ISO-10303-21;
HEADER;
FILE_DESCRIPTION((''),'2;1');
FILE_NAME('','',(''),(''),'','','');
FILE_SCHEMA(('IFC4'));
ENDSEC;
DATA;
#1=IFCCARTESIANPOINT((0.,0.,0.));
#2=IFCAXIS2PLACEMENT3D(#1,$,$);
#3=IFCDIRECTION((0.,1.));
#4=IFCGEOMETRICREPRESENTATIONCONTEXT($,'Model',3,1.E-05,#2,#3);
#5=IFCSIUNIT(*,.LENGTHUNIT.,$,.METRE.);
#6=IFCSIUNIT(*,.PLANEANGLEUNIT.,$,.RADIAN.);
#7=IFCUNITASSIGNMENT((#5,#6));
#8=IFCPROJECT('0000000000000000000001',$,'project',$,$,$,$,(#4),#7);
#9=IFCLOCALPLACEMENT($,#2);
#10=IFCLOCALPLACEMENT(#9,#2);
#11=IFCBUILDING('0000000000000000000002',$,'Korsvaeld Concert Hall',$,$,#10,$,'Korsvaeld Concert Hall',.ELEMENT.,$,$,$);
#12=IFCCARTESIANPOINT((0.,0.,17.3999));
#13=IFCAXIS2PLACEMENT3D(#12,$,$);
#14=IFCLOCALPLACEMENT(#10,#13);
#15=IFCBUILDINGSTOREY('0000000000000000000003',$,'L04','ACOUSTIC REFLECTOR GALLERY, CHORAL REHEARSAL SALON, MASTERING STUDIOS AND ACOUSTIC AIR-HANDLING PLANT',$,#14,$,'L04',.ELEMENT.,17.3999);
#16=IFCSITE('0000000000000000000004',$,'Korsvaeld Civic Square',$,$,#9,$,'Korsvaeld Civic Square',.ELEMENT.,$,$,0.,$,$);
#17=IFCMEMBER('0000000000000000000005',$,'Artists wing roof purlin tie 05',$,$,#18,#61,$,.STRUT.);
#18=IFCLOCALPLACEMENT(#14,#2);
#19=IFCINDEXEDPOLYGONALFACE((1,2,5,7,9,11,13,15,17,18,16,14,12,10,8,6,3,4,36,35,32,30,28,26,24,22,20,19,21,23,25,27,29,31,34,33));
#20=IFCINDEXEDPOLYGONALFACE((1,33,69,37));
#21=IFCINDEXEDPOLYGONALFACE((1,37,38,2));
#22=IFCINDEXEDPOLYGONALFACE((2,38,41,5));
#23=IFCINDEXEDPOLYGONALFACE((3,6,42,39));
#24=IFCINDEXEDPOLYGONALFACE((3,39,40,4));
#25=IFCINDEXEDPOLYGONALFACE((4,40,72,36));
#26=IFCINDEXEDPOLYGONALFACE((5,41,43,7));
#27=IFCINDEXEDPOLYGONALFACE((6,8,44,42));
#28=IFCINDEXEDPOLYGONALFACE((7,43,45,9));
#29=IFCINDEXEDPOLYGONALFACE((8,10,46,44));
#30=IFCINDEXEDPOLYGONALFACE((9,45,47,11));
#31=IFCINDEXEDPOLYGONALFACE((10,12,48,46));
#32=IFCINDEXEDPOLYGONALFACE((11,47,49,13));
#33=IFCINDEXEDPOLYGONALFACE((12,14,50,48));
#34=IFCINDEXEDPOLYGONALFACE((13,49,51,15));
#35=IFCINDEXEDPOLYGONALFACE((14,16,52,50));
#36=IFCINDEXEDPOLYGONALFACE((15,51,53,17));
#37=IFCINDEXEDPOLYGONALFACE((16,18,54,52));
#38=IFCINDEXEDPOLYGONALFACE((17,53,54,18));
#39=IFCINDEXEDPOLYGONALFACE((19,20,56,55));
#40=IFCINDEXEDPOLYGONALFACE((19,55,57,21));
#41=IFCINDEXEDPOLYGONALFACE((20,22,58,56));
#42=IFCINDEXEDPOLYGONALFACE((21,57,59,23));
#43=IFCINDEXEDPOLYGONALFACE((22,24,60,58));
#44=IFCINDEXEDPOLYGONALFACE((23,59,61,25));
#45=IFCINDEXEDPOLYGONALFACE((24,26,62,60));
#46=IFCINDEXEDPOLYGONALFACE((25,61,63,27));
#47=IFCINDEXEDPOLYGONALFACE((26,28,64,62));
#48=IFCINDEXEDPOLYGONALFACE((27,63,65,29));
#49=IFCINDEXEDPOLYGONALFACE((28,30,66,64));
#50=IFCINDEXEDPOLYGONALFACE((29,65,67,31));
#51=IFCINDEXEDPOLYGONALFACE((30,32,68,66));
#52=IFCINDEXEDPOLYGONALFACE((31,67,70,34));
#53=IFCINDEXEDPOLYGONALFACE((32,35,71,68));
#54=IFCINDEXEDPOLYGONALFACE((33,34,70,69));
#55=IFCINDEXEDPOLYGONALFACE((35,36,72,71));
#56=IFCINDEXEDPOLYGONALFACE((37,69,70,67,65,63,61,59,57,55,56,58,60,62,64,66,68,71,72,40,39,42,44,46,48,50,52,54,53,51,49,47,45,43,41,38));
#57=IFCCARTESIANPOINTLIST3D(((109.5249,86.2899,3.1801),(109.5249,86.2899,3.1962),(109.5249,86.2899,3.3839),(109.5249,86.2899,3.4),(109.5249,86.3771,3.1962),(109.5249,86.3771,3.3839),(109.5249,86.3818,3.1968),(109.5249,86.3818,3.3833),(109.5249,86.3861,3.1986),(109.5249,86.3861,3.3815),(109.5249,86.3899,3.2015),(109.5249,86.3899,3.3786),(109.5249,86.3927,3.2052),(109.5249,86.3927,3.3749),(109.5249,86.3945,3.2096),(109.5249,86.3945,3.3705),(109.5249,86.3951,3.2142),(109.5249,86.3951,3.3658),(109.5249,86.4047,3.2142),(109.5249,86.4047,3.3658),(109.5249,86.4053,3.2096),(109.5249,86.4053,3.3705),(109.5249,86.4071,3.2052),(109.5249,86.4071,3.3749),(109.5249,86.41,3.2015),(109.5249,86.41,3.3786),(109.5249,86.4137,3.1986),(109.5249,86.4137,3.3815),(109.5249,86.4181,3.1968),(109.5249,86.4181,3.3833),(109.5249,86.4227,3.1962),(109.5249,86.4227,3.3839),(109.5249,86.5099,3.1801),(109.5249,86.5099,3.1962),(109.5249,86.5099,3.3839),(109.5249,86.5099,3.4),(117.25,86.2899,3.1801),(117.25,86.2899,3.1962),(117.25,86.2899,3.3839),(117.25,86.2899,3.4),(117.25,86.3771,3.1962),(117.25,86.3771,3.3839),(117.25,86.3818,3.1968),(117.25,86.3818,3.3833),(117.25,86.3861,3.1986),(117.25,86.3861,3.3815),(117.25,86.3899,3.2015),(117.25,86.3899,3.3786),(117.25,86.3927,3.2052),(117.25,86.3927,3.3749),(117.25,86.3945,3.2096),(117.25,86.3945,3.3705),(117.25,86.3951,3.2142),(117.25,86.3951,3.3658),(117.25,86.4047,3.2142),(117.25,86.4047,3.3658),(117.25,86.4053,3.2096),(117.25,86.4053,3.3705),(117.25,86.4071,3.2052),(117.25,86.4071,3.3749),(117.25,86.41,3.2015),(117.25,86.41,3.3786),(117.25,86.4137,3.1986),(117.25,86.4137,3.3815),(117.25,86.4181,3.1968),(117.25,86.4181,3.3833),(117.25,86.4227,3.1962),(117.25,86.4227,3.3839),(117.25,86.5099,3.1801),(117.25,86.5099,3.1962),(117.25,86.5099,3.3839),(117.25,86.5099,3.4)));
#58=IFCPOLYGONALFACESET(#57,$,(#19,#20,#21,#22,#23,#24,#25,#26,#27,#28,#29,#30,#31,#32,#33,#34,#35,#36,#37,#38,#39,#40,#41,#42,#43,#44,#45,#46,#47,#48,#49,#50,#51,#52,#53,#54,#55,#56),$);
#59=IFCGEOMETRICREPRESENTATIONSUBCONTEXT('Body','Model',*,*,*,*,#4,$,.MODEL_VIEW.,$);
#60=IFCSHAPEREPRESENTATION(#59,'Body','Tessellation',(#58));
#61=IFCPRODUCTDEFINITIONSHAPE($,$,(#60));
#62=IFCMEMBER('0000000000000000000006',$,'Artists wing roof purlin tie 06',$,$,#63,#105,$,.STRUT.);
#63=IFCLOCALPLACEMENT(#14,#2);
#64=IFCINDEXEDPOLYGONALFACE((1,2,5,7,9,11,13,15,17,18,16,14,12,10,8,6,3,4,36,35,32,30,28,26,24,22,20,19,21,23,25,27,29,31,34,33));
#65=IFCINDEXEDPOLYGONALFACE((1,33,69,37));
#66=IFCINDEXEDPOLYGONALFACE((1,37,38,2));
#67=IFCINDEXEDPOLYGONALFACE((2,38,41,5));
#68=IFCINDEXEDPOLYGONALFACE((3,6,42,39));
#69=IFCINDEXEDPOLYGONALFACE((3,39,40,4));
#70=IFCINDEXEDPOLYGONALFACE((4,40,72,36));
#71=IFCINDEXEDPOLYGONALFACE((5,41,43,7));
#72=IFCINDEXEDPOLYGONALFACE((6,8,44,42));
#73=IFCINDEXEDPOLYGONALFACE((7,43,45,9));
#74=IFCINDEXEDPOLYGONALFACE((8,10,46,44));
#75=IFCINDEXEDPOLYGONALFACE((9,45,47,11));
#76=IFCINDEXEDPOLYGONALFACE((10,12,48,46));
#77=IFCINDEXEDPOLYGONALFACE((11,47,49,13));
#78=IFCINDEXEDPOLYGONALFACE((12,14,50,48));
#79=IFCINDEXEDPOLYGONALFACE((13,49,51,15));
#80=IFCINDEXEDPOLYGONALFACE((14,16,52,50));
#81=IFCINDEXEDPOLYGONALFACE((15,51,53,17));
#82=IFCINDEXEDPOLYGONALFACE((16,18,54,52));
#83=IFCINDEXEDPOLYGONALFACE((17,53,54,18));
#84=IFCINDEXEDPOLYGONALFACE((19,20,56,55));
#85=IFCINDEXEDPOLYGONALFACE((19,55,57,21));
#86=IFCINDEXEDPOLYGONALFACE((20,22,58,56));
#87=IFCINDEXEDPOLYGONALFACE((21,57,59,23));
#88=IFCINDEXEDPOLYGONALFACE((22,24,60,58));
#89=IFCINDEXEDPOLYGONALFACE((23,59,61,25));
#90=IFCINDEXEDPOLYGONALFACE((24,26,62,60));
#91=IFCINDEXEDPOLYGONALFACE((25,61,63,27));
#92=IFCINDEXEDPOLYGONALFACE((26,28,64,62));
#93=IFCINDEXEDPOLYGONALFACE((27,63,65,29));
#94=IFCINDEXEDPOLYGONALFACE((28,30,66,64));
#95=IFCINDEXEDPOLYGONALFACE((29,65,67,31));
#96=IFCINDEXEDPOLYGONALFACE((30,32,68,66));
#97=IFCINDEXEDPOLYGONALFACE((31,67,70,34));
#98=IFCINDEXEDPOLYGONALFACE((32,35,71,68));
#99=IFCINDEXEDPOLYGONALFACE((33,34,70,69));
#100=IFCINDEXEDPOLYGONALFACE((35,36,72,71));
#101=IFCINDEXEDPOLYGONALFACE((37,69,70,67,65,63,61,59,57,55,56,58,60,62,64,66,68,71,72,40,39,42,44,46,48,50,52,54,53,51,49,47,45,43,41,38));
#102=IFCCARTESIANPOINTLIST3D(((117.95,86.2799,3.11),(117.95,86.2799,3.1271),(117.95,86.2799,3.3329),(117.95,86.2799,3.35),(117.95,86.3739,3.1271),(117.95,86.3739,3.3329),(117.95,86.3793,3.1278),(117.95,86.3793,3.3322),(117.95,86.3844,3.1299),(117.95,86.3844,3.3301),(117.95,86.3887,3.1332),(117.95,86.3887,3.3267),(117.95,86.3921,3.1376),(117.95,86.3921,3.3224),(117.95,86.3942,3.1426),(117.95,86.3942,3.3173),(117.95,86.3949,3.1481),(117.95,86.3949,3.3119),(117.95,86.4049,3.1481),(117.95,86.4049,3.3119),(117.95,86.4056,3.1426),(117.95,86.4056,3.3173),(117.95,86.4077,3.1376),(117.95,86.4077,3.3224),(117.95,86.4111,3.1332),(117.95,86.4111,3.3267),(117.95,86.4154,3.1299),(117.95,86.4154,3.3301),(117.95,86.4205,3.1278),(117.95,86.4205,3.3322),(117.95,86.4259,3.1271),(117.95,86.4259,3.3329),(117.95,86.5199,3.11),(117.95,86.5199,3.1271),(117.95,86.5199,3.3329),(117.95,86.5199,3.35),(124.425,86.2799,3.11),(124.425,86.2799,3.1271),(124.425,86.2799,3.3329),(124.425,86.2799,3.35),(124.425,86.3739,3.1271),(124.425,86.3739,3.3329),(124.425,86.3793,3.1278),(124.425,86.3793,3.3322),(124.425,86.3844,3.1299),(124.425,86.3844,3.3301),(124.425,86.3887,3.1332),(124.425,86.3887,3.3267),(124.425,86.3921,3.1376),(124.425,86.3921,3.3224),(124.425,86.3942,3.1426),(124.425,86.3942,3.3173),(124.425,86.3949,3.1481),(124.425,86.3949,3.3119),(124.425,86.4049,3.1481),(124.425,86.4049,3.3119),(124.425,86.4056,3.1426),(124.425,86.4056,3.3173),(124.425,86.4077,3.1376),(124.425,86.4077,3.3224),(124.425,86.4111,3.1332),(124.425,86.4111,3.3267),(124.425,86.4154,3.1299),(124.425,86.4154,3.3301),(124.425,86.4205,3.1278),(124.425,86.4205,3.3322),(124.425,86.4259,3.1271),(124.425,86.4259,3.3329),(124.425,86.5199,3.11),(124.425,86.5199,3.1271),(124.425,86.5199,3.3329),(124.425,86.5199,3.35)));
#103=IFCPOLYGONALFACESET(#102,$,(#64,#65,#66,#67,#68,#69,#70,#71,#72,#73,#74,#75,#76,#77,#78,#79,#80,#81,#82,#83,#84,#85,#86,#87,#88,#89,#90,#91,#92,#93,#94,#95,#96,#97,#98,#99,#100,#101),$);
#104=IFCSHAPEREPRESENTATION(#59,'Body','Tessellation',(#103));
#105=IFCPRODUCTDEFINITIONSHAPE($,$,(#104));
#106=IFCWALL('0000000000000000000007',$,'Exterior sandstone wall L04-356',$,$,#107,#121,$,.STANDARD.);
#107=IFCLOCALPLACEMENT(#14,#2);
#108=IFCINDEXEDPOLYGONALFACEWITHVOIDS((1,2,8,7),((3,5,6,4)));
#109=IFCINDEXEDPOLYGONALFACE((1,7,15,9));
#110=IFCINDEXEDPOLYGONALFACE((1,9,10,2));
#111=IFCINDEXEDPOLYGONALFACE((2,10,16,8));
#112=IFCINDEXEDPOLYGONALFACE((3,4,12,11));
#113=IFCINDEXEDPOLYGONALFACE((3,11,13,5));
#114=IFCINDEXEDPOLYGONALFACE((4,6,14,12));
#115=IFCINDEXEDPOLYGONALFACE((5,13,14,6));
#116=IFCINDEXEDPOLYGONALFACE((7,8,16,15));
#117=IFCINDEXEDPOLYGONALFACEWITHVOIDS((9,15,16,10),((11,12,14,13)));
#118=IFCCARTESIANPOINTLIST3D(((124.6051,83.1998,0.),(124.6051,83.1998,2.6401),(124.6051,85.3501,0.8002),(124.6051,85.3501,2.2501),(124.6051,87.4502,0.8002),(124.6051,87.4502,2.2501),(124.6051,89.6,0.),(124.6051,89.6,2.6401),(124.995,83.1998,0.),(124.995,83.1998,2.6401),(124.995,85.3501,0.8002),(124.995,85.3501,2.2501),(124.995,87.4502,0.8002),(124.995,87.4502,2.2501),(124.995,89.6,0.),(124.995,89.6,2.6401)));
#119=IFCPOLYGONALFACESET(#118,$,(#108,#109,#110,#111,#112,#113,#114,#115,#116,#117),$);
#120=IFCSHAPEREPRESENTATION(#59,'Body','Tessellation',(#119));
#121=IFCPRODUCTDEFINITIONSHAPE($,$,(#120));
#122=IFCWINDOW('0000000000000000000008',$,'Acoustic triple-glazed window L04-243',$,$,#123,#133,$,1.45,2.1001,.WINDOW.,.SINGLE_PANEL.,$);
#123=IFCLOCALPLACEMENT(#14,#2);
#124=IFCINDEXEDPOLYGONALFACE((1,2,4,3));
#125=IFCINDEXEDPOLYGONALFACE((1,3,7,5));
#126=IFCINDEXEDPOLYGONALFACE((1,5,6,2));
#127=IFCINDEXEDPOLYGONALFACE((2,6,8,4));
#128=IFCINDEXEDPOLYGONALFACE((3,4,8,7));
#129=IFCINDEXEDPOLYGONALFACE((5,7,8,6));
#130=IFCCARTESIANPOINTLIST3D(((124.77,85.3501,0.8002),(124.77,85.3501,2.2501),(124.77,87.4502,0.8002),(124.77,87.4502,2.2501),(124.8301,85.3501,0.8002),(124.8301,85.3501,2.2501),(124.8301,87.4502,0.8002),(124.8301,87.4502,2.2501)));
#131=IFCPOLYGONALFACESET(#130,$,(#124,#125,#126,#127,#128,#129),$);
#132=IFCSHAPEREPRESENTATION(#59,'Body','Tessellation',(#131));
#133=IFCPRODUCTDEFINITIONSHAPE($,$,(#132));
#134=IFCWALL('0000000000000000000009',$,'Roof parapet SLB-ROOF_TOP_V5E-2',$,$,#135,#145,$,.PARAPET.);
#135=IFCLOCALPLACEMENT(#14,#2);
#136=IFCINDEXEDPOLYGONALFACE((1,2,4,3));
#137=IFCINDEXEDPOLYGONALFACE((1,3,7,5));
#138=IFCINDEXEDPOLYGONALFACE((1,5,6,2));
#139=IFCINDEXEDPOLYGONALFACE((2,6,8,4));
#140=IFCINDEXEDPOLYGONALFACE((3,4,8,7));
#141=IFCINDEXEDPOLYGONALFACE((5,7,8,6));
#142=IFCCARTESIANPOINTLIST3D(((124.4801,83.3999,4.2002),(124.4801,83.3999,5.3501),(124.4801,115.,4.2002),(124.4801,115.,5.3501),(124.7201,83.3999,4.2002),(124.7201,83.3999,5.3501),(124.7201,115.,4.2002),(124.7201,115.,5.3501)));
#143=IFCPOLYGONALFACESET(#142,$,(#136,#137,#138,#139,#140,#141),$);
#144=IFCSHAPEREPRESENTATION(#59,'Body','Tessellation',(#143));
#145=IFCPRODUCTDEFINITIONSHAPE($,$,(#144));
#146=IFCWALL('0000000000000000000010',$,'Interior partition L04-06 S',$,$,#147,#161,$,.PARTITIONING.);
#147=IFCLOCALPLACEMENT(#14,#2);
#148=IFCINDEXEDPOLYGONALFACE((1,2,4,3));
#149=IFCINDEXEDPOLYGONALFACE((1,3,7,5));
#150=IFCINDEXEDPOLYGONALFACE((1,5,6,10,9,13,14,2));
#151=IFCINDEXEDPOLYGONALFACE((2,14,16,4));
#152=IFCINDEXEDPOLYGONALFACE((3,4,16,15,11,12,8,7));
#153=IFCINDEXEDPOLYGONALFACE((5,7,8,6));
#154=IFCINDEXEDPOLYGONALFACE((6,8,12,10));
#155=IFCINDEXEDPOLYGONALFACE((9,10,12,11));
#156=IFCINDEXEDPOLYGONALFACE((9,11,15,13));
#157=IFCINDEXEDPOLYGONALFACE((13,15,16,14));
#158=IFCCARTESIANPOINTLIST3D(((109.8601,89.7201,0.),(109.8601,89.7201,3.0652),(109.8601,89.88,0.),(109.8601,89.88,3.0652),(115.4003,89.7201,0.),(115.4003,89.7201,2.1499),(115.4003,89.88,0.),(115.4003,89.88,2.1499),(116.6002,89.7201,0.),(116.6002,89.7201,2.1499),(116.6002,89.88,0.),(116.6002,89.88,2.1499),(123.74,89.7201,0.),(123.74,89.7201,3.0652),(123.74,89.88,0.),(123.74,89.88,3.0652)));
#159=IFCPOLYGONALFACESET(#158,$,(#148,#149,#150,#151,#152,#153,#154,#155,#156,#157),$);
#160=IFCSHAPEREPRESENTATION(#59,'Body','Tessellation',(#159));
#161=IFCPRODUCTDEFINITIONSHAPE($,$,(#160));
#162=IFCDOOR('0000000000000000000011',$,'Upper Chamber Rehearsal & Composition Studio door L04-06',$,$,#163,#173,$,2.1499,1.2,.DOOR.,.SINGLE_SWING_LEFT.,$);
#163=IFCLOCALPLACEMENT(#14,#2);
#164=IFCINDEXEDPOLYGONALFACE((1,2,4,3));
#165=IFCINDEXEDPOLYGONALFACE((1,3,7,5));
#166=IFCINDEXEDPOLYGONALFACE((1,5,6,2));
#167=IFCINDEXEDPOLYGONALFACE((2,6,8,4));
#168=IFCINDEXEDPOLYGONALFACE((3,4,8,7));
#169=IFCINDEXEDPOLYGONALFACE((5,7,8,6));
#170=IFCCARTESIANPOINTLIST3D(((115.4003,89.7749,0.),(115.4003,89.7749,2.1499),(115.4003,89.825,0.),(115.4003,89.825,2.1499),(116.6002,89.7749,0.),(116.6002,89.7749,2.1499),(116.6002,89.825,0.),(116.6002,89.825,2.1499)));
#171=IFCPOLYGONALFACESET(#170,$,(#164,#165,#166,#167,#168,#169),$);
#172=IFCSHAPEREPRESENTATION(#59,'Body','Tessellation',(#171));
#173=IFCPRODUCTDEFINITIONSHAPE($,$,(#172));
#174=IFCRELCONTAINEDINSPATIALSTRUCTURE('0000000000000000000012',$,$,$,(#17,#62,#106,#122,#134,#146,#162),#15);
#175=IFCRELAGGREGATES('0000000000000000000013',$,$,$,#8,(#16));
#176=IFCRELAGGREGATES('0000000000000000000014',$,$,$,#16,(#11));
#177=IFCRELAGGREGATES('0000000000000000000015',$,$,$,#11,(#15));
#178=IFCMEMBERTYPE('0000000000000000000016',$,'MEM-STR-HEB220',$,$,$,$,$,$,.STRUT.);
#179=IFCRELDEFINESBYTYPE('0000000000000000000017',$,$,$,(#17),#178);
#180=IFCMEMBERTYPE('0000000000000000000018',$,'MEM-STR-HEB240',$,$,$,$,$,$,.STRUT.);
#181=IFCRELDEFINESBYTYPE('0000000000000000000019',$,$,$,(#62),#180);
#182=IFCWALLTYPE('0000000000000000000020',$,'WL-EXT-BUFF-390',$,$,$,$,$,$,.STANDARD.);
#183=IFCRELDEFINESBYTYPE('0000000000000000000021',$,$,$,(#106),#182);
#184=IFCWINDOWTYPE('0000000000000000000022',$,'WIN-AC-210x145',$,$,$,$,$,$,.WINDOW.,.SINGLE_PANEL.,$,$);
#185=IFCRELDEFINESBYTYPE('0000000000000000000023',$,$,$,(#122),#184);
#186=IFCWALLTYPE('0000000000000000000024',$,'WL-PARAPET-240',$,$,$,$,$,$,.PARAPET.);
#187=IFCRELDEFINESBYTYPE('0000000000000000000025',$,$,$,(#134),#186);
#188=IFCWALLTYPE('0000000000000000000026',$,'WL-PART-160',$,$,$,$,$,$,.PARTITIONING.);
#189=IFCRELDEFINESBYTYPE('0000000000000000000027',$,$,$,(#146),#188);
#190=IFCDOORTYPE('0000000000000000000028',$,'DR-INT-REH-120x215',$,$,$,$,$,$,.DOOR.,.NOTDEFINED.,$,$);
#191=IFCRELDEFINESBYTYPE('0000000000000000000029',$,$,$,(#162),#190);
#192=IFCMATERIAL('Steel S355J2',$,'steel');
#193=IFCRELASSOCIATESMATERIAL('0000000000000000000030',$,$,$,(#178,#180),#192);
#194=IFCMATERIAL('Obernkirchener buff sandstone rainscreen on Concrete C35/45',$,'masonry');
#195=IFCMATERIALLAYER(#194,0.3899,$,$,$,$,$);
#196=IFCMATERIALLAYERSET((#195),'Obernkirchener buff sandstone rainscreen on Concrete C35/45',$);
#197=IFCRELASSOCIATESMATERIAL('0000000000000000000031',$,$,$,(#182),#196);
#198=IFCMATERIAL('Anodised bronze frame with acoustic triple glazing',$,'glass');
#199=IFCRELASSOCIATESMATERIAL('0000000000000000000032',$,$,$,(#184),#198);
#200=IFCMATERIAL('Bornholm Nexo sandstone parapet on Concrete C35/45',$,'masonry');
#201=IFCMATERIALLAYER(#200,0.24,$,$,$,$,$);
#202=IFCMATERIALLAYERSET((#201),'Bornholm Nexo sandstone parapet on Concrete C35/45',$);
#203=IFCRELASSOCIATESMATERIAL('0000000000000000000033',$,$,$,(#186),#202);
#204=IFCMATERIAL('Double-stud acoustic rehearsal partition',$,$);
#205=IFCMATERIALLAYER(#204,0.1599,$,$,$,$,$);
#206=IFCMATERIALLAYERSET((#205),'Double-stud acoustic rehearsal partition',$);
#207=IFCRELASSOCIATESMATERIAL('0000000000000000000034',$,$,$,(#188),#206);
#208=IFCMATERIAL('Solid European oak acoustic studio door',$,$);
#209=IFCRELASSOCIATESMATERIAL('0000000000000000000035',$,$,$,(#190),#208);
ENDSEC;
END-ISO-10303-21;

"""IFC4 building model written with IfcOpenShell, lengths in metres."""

from ifc_helpers import new_model, si_unit, direction, frame, frame_2d, origin, origin_2d, place, context, subcontext, project, spatial, rectangle, i_section, extrude, material, layer, layer_set, material_profile, profile_set, type_object, element, fill, save


model = new_model("IFC4")

# Units and contexts
model_context = context("Model", 3, precision=1e-05, world=origin(), true_north=direction((0.0, 1.0)))
body_context = subcontext(model_context, "Body", "Model", "MODEL_VIEW")
ifc_project = project(units=[si_unit("LENGTHUNIT", "METRE"), si_unit("PLANEANGLEUNIT", "RADIAN")], contexts=[model_context])

# Site, building, storey
site_placement = place(None, origin())
site = spatial("IfcSite", under=ifc_project, at=site_placement, Name="Korsvaeld Civic Square", LongName="Korsvaeld Civic Square", CompositionType="ELEMENT", RefElevation=0.0)
building_placement = place(site_placement, origin())
building = spatial("IfcBuilding", under=site, at=building_placement, Name="Korsvaeld Concert Hall", LongName="Korsvaeld Concert Hall", CompositionType="ELEMENT")
storey_placement = place(building_placement, frame((0.0, 0.0, 17.3999)))
storey = spatial("IfcBuildingStorey", under=building, at=storey_placement, Name="L04", Description="ACOUSTIC REFLECTOR GALLERY, CHORAL REHEARSAL SALON, MASTERING STUDIOS AND ACOUSTIC AIR-HANDLING PLANT", LongName="L04", CompositionType="ELEMENT", Elevation=17.3999)

# Shared definitions
ifc_material_1 = material(Name="Steel S355J2", Category="steel")

# Members
ifc_material_profile_1 = material_profile(ifc_material_1, i_section(OverallWidth=0.22, OverallDepth=0.22, WebThickness=0.0095, FlangeThickness=0.0161, FilletRadius=0.0181, at=origin_2d()), Name="HEB 220")
ifc_profile_set_1 = profile_set([ifc_material_profile_1], Name="Steel S355J2")
member_type_1 = type_object("IfcMemberType", Name="MEM-STR-HEB220", PredefinedType="STRUT", material=ifc_profile_set_1)
member_1_placement = place(storey_placement, frame((109.5249, 86.3999, 3.29), z_axis=(1.0, 0.0, 0.0), x_axis=(0.0, 1.0, 0.0)))
element("IfcMember", 1, at=member_1_placement, inside=storey, type_object=member_type_1, Name="Artists wing roof purlin tie 05", PredefinedType="STRUT", context=body_context, shape_type="SweptSolid", body=[
    extrude(i_section(OverallWidth=0.22, OverallDepth=0.22, WebThickness=0.0095, FlangeThickness=0.0161, FilletRadius=0.0181, at=origin_2d()), origin(), (0.0, 0.0, 1.0), 7.7251),
])
ifc_material_profile_2 = material_profile(ifc_material_1, i_section(OverallWidth=0.24, OverallDepth=0.24, WebThickness=0.01, FlangeThickness=0.0171, FilletRadius=0.021, at=origin_2d()), Name="HEB 240")
ifc_profile_set_2 = profile_set([ifc_material_profile_2], Name="Steel S355J2")
member_type_2 = type_object("IfcMemberType", Name="MEM-STR-HEB240", PredefinedType="STRUT", material=ifc_profile_set_2)
member_2_placement = place(storey_placement, frame((117.95, 86.3999, 3.23), z_axis=(1.0, 0.0, 0.0), x_axis=(0.0, 1.0, 0.0)))
element("IfcMember", 2, at=member_2_placement, inside=storey, type_object=member_type_2, Name="Artists wing roof purlin tie 06", PredefinedType="STRUT", context=body_context, shape_type="SweptSolid", body=[
    extrude(i_section(OverallWidth=0.24, OverallDepth=0.24, WebThickness=0.01, FlangeThickness=0.0171, FilletRadius=0.021, at=origin_2d()), origin(), (0.0, 0.0, 1.0), 6.4751),
])

# Wall, opening, window
ifc_material_2 = material(Name="Obernkirchener buff sandstone rainscreen on Concrete C35/45", Category="masonry")
ifc_layer_1 = layer(ifc_material_2, 0.3899)
ifc_layer_set_1 = layer_set([ifc_layer_1], Name="Obernkirchener buff sandstone rainscreen on Concrete C35/45")
wall_type_1 = type_object("IfcWallType", Name="WL-EXT-BUFF-390", PredefinedType="STANDARD", material=ifc_layer_set_1)
wall_1_placement = place(storey_placement, frame((124.8, 89.6001, 0.0), z_axis=(0.0, 0.0, 1.0), x_axis=(0.0, -1.0, 0.0)))
wall_1 = element("IfcWall", 3, at=wall_1_placement, inside=storey, type_object=wall_type_1, Name="Exterior sandstone wall L04-356", PredefinedType="STANDARD", context=body_context, shape_type="SweptSolid", body=[
    extrude(rectangle(XDim=6.4001, YDim=0.3899, at=frame_2d((3.2002, 0.0))), origin(), (0.0, 0.0, 1.0), 2.6401),
])
opening_1_placement = place(wall_1_placement, frame((2.1499, 0.0, 0.8)))
opening_1 = element("IfcOpeningElement", 4, at=opening_1_placement, cuts=wall_1, PredefinedType="OPENING", context=body_context, shape_type="SweptSolid", body=[
    extrude(rectangle(XDim=2.1001, YDim=1.45, at=frame_2d((1.05, 0.7251))), frame((0.0, 0.2051, 0.0), z_axis=(0.0, -1.0, 0.0), x_axis=(1.0, 0.0, 0.0)), (0.0, 0.0, 1.0), 0.4099),
])
ifc_material_3 = material(Name="Anodised bronze frame with acoustic triple glazing", Category="glass")
window_type = type_object("IfcWindowType", Name="WIN-AC-210x145", PartitioningType="SINGLE_PANEL", PredefinedType="WINDOW", material=ifc_material_3)
window_placement = place(opening_1_placement, origin())
window = element("IfcWindow", 5, at=window_placement, inside=storey, type_object=window_type, Name="Acoustic triple-glazed window L04-243", OverallHeight=1.45, OverallWidth=2.1001, PartitioningType="SINGLE_PANEL", PredefinedType="WINDOW", context=body_context, shape_type="SweptSolid", body=[
    extrude(rectangle(XDim=2.1001, YDim=1.45, at=frame_2d((1.05, 0.7251))), frame((0.0, 0.03, 0.0), z_axis=(0.0, -1.0, 0.0), x_axis=(1.0, 0.0, 0.0)), (0.0, 0.0, 1.0), 0.0601),
])
fill(opening_1, window)

# Wall
ifc_material_4 = material(Name="Bornholm Nexo sandstone parapet on Concrete C35/45", Category="masonry")
ifc_layer_2 = layer(ifc_material_4, 0.24)
ifc_layer_set_2 = layer_set([ifc_layer_2], Name="Bornholm Nexo sandstone parapet on Concrete C35/45")
wall_type_2 = type_object("IfcWallType", Name="WL-PARAPET-240", PredefinedType="PARAPET", material=ifc_layer_set_2)
wall_2_placement = place(storey_placement, frame((124.6001, 83.3999, 4.2002), z_axis=(0.0, 0.0, 1.0), x_axis=(0.0, 1.0, 0.0)))
element("IfcWall", 6, at=wall_2_placement, inside=storey, type_object=wall_type_2, Name="Roof parapet SLB-ROOF_TOP_V5E-2", PredefinedType="PARAPET", context=body_context, shape_type="SweptSolid", body=[
    extrude(rectangle(XDim=31.6001, YDim=0.24, at=frame_2d((15.8, 0.0))), origin(), (0.0, 0.0, 1.0), 1.1499),
])

# Wall, opening, door
ifc_material_5 = material(Name="Double-stud acoustic rehearsal partition")
ifc_layer_3 = layer(ifc_material_5, 0.1599)
ifc_layer_set_3 = layer_set([ifc_layer_3], Name="Double-stud acoustic rehearsal partition")
wall_type_3 = type_object("IfcWallType", Name="WL-PART-160", PredefinedType="PARTITIONING", material=ifc_layer_set_3)
wall_3_placement = place(storey_placement, frame((109.8601, 89.8, 0.0), z_axis=(0.0, 0.0, 1.0), x_axis=(1.0, 0.0, 0.0)))
wall_3 = element("IfcWall", 7, at=wall_3_placement, inside=storey, type_object=wall_type_3, Name="Interior partition L04-06 S", PredefinedType="PARTITIONING", context=body_context, shape_type="SweptSolid", body=[
    extrude(rectangle(XDim=13.8799, YDim=0.1599, at=frame_2d((6.9399, 0.0))), origin(), (0.0, 0.0, 1.0), 3.0652),
])
opening_2_placement = place(wall_3_placement, frame((5.54, 0.0, 0.0)))
opening_2 = element("IfcOpeningElement", 8, at=opening_2_placement, cuts=wall_3, PredefinedType="OPENING", context=body_context, shape_type="SweptSolid", body=[
    extrude(rectangle(XDim=1.2, YDim=2.1499, at=frame_2d((0.6001, 1.075))), frame((0.0, 0.0898, 0.0), z_axis=(0.0, -1.0, 0.0), x_axis=(1.0, 0.0, 0.0)), (0.0, 0.0, 1.0), 0.1799),
])
ifc_material_6 = material(Name="Solid European oak acoustic studio door")
door_type = type_object("IfcDoorType", Name="DR-INT-REH-120x215", OperationType="NOTDEFINED", PredefinedType="DOOR", material=ifc_material_6)
door_placement = place(opening_2_placement, origin())
door = element("IfcDoor", 9, at=door_placement, inside=storey, type_object=door_type, Name="Upper Chamber Rehearsal & Composition Studio door L04-06", OperationType="SINGLE_SWING_LEFT", OverallHeight=2.1499, OverallWidth=1.2, PredefinedType="DOOR", context=body_context, shape_type="SweptSolid", body=[
    extrude(rectangle(XDim=1.2, YDim=2.1499, at=frame_2d((0.6001, 1.075))), frame((0.0, 0.0249, 0.0), z_axis=(0.0, -1.0, 0.0), x_axis=(1.0, 0.0, 0.0)), (0.0, 0.0, 1.0), 0.05),
])
fill(opening_2, door)

save(model, "model.ifc")
